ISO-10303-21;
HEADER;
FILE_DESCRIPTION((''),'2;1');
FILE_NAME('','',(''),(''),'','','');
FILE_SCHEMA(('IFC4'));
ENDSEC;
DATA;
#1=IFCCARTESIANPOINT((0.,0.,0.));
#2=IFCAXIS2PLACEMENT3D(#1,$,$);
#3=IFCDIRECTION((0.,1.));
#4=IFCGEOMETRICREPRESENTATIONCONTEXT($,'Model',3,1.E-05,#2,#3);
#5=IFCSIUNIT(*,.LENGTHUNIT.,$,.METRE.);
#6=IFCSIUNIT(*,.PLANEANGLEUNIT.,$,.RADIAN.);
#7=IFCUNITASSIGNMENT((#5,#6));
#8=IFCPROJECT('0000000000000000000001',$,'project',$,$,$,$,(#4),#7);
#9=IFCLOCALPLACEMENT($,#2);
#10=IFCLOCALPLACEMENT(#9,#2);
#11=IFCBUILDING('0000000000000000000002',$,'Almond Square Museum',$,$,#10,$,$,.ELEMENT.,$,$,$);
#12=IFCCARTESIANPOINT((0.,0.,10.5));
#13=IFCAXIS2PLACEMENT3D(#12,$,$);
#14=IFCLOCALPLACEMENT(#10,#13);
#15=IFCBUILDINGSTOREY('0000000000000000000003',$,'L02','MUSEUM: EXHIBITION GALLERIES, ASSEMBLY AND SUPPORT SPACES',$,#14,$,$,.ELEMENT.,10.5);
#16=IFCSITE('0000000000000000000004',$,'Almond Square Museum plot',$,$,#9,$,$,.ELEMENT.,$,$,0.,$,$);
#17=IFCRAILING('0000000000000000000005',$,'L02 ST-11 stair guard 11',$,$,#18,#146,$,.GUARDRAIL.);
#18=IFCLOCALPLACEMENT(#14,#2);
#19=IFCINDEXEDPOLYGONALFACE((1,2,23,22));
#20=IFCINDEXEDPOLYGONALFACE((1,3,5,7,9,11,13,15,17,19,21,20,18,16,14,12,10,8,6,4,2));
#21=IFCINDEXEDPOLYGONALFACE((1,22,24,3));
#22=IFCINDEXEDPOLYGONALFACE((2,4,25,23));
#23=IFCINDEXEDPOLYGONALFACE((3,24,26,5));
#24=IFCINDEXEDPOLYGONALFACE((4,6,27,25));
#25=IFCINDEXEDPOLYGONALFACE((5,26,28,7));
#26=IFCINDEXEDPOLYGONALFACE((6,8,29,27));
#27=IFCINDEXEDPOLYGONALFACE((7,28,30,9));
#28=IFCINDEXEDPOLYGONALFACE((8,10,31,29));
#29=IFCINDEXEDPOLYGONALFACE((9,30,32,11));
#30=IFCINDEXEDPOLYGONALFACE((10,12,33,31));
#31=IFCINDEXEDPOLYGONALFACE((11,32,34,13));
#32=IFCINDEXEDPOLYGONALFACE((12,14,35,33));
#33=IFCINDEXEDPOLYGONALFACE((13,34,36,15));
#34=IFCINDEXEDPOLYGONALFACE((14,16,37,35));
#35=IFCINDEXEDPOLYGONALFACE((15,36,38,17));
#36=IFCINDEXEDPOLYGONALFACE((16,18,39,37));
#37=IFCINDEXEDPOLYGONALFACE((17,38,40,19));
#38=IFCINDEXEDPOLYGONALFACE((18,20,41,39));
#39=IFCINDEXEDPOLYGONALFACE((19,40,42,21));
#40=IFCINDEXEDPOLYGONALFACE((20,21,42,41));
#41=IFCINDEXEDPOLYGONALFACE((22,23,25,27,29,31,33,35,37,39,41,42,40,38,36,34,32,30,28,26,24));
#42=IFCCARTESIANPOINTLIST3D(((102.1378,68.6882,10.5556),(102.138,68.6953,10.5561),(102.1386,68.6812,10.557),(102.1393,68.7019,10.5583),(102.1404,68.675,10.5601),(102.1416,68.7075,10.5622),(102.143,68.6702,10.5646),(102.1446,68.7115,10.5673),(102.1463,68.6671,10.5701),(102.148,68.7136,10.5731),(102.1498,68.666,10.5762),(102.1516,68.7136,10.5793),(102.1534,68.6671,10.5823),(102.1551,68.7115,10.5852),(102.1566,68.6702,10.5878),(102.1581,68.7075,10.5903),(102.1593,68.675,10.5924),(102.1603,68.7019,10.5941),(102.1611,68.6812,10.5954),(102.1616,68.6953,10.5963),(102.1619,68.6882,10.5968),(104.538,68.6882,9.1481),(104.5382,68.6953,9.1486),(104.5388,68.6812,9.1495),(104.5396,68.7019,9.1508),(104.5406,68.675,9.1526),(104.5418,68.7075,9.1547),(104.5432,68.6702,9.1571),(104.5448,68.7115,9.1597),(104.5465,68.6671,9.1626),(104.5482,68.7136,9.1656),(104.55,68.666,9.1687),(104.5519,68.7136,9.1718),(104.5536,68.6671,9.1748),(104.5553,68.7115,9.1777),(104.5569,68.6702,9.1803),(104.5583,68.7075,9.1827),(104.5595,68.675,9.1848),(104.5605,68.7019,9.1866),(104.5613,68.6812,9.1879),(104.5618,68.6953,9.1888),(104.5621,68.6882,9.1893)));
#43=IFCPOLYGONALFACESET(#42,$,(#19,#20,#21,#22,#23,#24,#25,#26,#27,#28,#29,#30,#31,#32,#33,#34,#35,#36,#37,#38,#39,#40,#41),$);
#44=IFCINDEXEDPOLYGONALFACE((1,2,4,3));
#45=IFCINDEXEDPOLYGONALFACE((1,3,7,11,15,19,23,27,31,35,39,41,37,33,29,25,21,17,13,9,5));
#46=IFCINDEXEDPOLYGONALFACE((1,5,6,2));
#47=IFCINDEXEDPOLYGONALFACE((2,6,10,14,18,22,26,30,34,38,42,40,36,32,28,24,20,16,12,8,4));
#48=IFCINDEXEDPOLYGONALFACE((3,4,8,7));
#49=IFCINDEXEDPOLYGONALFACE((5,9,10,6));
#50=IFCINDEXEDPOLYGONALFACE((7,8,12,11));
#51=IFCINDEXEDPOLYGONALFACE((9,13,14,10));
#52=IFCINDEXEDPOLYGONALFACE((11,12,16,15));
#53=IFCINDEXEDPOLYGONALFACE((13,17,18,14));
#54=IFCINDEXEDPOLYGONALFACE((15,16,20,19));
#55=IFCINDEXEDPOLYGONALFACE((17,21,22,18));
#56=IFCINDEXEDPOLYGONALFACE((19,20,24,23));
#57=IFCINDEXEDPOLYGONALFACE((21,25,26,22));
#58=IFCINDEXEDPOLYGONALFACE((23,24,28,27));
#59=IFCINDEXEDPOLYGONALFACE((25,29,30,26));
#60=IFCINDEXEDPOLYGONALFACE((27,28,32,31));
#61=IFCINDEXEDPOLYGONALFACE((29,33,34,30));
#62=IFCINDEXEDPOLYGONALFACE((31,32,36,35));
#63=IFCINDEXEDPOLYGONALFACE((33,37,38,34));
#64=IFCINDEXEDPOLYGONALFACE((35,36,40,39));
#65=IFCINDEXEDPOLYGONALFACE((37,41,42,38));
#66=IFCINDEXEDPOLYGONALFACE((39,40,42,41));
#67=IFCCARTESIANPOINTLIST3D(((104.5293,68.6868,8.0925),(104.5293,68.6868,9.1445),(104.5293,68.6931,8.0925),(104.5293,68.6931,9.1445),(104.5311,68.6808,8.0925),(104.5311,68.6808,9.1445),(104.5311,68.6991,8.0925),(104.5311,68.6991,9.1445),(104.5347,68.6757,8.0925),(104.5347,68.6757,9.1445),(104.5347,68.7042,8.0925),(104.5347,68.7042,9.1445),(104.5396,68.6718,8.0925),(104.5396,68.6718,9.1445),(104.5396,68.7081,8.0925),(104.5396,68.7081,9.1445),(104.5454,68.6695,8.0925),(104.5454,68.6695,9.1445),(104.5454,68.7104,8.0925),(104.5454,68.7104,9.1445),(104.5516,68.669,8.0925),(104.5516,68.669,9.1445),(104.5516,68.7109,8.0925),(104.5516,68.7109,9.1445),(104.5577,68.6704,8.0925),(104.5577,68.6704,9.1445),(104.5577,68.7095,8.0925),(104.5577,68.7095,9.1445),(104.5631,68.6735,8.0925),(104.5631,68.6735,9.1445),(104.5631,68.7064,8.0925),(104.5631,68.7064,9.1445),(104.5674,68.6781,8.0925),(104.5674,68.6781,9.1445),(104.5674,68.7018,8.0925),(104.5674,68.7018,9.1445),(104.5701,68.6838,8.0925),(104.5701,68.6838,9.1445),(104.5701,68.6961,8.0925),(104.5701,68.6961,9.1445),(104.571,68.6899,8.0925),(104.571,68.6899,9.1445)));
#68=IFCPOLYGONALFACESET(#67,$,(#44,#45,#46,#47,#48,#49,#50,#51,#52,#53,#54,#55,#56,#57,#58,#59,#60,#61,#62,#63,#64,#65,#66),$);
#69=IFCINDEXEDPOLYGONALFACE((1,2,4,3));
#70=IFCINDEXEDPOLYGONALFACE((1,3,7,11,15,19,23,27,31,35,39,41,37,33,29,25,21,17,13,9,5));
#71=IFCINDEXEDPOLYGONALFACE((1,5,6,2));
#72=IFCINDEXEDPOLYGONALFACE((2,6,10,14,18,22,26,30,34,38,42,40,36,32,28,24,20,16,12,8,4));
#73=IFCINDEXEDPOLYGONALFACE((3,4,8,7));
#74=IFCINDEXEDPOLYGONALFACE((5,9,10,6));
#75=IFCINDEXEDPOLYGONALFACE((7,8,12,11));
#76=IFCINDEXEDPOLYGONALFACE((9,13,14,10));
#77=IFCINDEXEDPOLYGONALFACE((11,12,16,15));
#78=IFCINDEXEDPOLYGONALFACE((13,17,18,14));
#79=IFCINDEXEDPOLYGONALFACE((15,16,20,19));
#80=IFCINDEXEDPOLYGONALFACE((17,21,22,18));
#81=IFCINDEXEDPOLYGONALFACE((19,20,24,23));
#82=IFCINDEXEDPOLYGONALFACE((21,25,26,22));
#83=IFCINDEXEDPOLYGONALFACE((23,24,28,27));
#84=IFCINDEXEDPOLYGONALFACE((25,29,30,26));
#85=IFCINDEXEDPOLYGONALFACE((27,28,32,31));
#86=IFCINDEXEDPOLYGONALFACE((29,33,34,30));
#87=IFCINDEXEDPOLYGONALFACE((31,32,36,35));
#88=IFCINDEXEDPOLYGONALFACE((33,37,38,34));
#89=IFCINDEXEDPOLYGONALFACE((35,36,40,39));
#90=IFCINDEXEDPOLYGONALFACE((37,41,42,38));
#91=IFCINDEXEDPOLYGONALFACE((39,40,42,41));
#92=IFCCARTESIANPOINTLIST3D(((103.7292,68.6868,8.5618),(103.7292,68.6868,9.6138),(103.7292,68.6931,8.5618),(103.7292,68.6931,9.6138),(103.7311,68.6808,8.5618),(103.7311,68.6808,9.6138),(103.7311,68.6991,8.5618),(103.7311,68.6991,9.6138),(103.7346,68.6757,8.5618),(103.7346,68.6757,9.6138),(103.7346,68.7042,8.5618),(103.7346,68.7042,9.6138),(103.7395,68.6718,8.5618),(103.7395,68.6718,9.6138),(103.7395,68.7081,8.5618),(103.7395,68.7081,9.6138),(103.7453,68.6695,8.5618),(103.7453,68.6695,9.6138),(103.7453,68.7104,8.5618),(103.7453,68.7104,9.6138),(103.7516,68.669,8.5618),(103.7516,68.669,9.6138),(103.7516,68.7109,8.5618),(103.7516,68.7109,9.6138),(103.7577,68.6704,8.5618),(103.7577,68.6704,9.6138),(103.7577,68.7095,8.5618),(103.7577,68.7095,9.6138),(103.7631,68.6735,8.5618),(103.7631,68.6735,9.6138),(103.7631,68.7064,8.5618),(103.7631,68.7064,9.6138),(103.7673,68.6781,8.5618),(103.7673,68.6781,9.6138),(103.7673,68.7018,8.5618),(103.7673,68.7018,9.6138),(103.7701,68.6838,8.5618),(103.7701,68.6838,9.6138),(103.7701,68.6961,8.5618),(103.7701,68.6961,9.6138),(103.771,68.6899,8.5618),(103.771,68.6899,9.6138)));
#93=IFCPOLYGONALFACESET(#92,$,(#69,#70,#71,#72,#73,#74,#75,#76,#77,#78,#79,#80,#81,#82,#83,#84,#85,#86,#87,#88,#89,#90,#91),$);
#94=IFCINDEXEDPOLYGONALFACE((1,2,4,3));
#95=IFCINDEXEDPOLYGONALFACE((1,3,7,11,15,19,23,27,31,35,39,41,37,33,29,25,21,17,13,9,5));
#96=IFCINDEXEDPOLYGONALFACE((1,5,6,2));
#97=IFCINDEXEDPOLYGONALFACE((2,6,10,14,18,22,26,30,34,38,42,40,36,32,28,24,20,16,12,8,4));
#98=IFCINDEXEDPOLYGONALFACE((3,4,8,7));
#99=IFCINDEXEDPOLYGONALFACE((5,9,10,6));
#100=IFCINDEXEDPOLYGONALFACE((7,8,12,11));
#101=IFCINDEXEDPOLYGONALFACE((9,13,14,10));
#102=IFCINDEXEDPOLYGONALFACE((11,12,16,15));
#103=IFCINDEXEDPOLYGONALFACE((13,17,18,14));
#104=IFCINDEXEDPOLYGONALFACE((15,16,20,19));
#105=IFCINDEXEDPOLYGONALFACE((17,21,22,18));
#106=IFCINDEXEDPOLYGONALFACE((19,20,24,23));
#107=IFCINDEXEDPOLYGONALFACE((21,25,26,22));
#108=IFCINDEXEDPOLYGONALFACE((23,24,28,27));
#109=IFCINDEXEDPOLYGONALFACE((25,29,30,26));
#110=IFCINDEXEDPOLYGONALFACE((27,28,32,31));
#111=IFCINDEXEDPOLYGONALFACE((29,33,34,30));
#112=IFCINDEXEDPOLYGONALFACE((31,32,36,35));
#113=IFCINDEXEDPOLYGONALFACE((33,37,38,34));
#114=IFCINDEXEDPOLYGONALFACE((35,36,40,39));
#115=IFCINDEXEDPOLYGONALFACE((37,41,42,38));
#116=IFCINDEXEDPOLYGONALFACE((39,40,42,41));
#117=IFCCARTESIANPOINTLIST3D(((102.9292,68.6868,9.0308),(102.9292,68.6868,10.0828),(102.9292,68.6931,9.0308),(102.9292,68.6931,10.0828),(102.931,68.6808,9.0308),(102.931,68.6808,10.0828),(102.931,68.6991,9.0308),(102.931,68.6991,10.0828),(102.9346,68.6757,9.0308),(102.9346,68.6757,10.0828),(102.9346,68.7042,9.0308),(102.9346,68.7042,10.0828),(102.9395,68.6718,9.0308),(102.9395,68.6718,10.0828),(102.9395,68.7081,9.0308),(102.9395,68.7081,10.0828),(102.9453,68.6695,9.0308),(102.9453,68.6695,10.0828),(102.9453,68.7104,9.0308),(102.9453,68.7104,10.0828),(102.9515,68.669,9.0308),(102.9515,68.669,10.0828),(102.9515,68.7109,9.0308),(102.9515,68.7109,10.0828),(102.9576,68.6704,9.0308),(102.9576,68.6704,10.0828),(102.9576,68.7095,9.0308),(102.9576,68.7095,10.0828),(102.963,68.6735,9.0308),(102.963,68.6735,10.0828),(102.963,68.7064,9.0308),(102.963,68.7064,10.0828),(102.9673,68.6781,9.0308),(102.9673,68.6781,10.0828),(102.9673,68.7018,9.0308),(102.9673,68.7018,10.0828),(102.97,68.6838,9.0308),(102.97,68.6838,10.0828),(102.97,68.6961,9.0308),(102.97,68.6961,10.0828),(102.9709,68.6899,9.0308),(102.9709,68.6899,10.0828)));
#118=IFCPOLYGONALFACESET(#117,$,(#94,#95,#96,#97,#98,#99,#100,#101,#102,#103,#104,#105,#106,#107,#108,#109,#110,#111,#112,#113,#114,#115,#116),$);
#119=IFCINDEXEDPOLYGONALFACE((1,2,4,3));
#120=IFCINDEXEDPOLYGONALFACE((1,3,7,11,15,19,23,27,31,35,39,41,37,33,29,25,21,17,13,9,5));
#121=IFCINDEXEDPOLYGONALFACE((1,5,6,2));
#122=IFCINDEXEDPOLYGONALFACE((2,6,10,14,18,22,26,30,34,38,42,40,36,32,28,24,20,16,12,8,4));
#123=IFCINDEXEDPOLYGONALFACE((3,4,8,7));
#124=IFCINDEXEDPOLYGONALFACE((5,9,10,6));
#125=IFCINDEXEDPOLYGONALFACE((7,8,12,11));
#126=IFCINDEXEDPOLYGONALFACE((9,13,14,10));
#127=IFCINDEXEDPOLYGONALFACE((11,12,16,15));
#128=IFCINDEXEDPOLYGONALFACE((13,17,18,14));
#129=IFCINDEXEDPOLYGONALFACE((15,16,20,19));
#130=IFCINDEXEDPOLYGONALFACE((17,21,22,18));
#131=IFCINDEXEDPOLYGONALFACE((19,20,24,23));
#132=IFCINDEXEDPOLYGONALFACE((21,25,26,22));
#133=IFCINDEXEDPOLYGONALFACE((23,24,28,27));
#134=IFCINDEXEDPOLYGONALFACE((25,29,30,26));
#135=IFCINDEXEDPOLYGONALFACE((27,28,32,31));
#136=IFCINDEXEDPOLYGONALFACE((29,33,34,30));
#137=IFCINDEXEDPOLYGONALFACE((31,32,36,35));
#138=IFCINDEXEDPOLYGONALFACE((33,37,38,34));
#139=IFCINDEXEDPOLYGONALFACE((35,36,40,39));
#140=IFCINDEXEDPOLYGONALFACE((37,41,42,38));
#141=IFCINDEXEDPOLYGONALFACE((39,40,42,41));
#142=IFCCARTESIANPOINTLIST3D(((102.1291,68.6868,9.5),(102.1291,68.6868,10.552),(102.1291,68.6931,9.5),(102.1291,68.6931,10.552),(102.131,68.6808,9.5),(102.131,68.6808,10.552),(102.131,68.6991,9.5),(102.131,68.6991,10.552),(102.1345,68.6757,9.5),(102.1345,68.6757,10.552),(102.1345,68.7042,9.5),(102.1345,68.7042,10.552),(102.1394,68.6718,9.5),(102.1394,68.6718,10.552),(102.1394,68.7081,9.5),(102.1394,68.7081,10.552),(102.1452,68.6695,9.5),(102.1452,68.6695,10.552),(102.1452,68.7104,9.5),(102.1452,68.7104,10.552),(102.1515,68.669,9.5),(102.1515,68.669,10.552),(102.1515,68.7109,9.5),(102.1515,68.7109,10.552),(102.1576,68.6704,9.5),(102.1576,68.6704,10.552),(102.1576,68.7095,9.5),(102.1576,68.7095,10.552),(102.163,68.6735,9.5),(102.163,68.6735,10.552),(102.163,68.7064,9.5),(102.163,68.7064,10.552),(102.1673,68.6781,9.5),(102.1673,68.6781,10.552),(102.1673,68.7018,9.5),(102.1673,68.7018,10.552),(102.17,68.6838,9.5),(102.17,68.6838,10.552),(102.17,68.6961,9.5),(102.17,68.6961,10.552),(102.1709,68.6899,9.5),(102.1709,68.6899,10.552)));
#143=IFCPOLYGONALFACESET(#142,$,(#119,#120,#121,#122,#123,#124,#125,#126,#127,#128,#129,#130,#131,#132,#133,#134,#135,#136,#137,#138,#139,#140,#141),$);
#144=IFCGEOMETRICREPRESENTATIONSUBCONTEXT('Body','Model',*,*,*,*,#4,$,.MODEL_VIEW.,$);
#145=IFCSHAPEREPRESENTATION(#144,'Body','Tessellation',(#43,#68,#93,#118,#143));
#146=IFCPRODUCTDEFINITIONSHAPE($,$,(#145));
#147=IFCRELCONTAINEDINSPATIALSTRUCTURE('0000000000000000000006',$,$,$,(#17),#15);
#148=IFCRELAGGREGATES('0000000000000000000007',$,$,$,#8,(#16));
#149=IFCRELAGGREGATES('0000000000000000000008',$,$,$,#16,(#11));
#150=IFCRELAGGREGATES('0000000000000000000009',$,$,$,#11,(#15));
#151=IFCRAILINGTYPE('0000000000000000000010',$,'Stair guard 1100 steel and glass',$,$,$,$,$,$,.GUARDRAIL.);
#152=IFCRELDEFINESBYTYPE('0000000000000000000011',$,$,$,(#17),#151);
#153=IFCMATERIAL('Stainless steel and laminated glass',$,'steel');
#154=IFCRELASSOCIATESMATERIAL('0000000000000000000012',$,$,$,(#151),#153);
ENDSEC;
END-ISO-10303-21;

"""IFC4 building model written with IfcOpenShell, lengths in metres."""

from ifc_helpers import new_model, si_unit, direction, frame, origin, origin_2d, place, context, subcontext, project, spatial, circle, extrude, material, type_object, element, save


model = new_model("IFC4")

# Units and contexts
model_context = context("Model", 3, precision=1e-05, world=origin(), true_north=direction((0.0, 1.0)))
body_context = subcontext(model_context, "Body", "Model", "MODEL_VIEW")
ifc_project = project(units=[si_unit("LENGTHUNIT", "METRE"), si_unit("PLANEANGLEUNIT", "RADIAN")], contexts=[model_context])

# Site, building, storey
site_placement = place(None, origin())
site = spatial("IfcSite", under=ifc_project, at=site_placement, Name="Almond Square Museum plot", CompositionType="ELEMENT", RefElevation=0.0)
building_placement = place(site_placement, origin())
building = spatial("IfcBuilding", under=site, at=building_placement, Name="Almond Square Museum", CompositionType="ELEMENT")
storey_placement = place(building_placement, frame((0.0, 0.0, 10.5)))
storey = spatial("IfcBuildingStorey", under=building, at=storey_placement, Name="L02", Description="MUSEUM: EXHIBITION GALLERIES, ASSEMBLY AND SUPPORT SPACES", CompositionType="ELEMENT", Elevation=10.5)

# Railing
ifc_material_1 = material(Name="Stainless steel and laminated glass", Category="steel")
railing_type_1 = type_object("IfcRailingType", Name="Stair guard 1100 steel and glass", PredefinedType="GUARDRAIL", material=ifc_material_1)
railing_1_placement = place(storey_placement, frame((104.55, 68.6899, 8.0925)))
element("IfcRailing", 1, at=railing_1_placement, inside=storey, type_object=railing_type_1, Name="L02 ST-11 stair guard 11", PredefinedType="GUARDRAIL", context=body_context, shape_type="SweptSolid", body=[
    extrude(circle(Radius=0.0239, at=origin_2d()), frame((0.0, 0.0, 1.0762), z_axis=(-0.862621, 0.0, 0.50585), x_axis=(0.0, -1.0, 0.0)), (0.0, 0.0, 1.0), 2.7825),
    extrude(circle(Radius=0.021, at=origin_2d()), origin(), (0.0, 0.0, 1.0), 1.052),
    extrude(circle(Radius=0.021, at=origin_2d()), frame((-0.8, 0.0, 0.4692)), (0.0, 0.0, 1.0), 1.052),
    extrude(circle(Radius=0.021, at=origin_2d()), frame((-1.6001, 0.0, 0.9382)), (0.0, 0.0, 1.0), 1.052),
    extrude(circle(Radius=0.021, at=origin_2d()), frame((-2.4001, 0.0, 1.4075)), (0.0, 0.0, 1.0), 1.052),
])

save(model, "model.ifc")
